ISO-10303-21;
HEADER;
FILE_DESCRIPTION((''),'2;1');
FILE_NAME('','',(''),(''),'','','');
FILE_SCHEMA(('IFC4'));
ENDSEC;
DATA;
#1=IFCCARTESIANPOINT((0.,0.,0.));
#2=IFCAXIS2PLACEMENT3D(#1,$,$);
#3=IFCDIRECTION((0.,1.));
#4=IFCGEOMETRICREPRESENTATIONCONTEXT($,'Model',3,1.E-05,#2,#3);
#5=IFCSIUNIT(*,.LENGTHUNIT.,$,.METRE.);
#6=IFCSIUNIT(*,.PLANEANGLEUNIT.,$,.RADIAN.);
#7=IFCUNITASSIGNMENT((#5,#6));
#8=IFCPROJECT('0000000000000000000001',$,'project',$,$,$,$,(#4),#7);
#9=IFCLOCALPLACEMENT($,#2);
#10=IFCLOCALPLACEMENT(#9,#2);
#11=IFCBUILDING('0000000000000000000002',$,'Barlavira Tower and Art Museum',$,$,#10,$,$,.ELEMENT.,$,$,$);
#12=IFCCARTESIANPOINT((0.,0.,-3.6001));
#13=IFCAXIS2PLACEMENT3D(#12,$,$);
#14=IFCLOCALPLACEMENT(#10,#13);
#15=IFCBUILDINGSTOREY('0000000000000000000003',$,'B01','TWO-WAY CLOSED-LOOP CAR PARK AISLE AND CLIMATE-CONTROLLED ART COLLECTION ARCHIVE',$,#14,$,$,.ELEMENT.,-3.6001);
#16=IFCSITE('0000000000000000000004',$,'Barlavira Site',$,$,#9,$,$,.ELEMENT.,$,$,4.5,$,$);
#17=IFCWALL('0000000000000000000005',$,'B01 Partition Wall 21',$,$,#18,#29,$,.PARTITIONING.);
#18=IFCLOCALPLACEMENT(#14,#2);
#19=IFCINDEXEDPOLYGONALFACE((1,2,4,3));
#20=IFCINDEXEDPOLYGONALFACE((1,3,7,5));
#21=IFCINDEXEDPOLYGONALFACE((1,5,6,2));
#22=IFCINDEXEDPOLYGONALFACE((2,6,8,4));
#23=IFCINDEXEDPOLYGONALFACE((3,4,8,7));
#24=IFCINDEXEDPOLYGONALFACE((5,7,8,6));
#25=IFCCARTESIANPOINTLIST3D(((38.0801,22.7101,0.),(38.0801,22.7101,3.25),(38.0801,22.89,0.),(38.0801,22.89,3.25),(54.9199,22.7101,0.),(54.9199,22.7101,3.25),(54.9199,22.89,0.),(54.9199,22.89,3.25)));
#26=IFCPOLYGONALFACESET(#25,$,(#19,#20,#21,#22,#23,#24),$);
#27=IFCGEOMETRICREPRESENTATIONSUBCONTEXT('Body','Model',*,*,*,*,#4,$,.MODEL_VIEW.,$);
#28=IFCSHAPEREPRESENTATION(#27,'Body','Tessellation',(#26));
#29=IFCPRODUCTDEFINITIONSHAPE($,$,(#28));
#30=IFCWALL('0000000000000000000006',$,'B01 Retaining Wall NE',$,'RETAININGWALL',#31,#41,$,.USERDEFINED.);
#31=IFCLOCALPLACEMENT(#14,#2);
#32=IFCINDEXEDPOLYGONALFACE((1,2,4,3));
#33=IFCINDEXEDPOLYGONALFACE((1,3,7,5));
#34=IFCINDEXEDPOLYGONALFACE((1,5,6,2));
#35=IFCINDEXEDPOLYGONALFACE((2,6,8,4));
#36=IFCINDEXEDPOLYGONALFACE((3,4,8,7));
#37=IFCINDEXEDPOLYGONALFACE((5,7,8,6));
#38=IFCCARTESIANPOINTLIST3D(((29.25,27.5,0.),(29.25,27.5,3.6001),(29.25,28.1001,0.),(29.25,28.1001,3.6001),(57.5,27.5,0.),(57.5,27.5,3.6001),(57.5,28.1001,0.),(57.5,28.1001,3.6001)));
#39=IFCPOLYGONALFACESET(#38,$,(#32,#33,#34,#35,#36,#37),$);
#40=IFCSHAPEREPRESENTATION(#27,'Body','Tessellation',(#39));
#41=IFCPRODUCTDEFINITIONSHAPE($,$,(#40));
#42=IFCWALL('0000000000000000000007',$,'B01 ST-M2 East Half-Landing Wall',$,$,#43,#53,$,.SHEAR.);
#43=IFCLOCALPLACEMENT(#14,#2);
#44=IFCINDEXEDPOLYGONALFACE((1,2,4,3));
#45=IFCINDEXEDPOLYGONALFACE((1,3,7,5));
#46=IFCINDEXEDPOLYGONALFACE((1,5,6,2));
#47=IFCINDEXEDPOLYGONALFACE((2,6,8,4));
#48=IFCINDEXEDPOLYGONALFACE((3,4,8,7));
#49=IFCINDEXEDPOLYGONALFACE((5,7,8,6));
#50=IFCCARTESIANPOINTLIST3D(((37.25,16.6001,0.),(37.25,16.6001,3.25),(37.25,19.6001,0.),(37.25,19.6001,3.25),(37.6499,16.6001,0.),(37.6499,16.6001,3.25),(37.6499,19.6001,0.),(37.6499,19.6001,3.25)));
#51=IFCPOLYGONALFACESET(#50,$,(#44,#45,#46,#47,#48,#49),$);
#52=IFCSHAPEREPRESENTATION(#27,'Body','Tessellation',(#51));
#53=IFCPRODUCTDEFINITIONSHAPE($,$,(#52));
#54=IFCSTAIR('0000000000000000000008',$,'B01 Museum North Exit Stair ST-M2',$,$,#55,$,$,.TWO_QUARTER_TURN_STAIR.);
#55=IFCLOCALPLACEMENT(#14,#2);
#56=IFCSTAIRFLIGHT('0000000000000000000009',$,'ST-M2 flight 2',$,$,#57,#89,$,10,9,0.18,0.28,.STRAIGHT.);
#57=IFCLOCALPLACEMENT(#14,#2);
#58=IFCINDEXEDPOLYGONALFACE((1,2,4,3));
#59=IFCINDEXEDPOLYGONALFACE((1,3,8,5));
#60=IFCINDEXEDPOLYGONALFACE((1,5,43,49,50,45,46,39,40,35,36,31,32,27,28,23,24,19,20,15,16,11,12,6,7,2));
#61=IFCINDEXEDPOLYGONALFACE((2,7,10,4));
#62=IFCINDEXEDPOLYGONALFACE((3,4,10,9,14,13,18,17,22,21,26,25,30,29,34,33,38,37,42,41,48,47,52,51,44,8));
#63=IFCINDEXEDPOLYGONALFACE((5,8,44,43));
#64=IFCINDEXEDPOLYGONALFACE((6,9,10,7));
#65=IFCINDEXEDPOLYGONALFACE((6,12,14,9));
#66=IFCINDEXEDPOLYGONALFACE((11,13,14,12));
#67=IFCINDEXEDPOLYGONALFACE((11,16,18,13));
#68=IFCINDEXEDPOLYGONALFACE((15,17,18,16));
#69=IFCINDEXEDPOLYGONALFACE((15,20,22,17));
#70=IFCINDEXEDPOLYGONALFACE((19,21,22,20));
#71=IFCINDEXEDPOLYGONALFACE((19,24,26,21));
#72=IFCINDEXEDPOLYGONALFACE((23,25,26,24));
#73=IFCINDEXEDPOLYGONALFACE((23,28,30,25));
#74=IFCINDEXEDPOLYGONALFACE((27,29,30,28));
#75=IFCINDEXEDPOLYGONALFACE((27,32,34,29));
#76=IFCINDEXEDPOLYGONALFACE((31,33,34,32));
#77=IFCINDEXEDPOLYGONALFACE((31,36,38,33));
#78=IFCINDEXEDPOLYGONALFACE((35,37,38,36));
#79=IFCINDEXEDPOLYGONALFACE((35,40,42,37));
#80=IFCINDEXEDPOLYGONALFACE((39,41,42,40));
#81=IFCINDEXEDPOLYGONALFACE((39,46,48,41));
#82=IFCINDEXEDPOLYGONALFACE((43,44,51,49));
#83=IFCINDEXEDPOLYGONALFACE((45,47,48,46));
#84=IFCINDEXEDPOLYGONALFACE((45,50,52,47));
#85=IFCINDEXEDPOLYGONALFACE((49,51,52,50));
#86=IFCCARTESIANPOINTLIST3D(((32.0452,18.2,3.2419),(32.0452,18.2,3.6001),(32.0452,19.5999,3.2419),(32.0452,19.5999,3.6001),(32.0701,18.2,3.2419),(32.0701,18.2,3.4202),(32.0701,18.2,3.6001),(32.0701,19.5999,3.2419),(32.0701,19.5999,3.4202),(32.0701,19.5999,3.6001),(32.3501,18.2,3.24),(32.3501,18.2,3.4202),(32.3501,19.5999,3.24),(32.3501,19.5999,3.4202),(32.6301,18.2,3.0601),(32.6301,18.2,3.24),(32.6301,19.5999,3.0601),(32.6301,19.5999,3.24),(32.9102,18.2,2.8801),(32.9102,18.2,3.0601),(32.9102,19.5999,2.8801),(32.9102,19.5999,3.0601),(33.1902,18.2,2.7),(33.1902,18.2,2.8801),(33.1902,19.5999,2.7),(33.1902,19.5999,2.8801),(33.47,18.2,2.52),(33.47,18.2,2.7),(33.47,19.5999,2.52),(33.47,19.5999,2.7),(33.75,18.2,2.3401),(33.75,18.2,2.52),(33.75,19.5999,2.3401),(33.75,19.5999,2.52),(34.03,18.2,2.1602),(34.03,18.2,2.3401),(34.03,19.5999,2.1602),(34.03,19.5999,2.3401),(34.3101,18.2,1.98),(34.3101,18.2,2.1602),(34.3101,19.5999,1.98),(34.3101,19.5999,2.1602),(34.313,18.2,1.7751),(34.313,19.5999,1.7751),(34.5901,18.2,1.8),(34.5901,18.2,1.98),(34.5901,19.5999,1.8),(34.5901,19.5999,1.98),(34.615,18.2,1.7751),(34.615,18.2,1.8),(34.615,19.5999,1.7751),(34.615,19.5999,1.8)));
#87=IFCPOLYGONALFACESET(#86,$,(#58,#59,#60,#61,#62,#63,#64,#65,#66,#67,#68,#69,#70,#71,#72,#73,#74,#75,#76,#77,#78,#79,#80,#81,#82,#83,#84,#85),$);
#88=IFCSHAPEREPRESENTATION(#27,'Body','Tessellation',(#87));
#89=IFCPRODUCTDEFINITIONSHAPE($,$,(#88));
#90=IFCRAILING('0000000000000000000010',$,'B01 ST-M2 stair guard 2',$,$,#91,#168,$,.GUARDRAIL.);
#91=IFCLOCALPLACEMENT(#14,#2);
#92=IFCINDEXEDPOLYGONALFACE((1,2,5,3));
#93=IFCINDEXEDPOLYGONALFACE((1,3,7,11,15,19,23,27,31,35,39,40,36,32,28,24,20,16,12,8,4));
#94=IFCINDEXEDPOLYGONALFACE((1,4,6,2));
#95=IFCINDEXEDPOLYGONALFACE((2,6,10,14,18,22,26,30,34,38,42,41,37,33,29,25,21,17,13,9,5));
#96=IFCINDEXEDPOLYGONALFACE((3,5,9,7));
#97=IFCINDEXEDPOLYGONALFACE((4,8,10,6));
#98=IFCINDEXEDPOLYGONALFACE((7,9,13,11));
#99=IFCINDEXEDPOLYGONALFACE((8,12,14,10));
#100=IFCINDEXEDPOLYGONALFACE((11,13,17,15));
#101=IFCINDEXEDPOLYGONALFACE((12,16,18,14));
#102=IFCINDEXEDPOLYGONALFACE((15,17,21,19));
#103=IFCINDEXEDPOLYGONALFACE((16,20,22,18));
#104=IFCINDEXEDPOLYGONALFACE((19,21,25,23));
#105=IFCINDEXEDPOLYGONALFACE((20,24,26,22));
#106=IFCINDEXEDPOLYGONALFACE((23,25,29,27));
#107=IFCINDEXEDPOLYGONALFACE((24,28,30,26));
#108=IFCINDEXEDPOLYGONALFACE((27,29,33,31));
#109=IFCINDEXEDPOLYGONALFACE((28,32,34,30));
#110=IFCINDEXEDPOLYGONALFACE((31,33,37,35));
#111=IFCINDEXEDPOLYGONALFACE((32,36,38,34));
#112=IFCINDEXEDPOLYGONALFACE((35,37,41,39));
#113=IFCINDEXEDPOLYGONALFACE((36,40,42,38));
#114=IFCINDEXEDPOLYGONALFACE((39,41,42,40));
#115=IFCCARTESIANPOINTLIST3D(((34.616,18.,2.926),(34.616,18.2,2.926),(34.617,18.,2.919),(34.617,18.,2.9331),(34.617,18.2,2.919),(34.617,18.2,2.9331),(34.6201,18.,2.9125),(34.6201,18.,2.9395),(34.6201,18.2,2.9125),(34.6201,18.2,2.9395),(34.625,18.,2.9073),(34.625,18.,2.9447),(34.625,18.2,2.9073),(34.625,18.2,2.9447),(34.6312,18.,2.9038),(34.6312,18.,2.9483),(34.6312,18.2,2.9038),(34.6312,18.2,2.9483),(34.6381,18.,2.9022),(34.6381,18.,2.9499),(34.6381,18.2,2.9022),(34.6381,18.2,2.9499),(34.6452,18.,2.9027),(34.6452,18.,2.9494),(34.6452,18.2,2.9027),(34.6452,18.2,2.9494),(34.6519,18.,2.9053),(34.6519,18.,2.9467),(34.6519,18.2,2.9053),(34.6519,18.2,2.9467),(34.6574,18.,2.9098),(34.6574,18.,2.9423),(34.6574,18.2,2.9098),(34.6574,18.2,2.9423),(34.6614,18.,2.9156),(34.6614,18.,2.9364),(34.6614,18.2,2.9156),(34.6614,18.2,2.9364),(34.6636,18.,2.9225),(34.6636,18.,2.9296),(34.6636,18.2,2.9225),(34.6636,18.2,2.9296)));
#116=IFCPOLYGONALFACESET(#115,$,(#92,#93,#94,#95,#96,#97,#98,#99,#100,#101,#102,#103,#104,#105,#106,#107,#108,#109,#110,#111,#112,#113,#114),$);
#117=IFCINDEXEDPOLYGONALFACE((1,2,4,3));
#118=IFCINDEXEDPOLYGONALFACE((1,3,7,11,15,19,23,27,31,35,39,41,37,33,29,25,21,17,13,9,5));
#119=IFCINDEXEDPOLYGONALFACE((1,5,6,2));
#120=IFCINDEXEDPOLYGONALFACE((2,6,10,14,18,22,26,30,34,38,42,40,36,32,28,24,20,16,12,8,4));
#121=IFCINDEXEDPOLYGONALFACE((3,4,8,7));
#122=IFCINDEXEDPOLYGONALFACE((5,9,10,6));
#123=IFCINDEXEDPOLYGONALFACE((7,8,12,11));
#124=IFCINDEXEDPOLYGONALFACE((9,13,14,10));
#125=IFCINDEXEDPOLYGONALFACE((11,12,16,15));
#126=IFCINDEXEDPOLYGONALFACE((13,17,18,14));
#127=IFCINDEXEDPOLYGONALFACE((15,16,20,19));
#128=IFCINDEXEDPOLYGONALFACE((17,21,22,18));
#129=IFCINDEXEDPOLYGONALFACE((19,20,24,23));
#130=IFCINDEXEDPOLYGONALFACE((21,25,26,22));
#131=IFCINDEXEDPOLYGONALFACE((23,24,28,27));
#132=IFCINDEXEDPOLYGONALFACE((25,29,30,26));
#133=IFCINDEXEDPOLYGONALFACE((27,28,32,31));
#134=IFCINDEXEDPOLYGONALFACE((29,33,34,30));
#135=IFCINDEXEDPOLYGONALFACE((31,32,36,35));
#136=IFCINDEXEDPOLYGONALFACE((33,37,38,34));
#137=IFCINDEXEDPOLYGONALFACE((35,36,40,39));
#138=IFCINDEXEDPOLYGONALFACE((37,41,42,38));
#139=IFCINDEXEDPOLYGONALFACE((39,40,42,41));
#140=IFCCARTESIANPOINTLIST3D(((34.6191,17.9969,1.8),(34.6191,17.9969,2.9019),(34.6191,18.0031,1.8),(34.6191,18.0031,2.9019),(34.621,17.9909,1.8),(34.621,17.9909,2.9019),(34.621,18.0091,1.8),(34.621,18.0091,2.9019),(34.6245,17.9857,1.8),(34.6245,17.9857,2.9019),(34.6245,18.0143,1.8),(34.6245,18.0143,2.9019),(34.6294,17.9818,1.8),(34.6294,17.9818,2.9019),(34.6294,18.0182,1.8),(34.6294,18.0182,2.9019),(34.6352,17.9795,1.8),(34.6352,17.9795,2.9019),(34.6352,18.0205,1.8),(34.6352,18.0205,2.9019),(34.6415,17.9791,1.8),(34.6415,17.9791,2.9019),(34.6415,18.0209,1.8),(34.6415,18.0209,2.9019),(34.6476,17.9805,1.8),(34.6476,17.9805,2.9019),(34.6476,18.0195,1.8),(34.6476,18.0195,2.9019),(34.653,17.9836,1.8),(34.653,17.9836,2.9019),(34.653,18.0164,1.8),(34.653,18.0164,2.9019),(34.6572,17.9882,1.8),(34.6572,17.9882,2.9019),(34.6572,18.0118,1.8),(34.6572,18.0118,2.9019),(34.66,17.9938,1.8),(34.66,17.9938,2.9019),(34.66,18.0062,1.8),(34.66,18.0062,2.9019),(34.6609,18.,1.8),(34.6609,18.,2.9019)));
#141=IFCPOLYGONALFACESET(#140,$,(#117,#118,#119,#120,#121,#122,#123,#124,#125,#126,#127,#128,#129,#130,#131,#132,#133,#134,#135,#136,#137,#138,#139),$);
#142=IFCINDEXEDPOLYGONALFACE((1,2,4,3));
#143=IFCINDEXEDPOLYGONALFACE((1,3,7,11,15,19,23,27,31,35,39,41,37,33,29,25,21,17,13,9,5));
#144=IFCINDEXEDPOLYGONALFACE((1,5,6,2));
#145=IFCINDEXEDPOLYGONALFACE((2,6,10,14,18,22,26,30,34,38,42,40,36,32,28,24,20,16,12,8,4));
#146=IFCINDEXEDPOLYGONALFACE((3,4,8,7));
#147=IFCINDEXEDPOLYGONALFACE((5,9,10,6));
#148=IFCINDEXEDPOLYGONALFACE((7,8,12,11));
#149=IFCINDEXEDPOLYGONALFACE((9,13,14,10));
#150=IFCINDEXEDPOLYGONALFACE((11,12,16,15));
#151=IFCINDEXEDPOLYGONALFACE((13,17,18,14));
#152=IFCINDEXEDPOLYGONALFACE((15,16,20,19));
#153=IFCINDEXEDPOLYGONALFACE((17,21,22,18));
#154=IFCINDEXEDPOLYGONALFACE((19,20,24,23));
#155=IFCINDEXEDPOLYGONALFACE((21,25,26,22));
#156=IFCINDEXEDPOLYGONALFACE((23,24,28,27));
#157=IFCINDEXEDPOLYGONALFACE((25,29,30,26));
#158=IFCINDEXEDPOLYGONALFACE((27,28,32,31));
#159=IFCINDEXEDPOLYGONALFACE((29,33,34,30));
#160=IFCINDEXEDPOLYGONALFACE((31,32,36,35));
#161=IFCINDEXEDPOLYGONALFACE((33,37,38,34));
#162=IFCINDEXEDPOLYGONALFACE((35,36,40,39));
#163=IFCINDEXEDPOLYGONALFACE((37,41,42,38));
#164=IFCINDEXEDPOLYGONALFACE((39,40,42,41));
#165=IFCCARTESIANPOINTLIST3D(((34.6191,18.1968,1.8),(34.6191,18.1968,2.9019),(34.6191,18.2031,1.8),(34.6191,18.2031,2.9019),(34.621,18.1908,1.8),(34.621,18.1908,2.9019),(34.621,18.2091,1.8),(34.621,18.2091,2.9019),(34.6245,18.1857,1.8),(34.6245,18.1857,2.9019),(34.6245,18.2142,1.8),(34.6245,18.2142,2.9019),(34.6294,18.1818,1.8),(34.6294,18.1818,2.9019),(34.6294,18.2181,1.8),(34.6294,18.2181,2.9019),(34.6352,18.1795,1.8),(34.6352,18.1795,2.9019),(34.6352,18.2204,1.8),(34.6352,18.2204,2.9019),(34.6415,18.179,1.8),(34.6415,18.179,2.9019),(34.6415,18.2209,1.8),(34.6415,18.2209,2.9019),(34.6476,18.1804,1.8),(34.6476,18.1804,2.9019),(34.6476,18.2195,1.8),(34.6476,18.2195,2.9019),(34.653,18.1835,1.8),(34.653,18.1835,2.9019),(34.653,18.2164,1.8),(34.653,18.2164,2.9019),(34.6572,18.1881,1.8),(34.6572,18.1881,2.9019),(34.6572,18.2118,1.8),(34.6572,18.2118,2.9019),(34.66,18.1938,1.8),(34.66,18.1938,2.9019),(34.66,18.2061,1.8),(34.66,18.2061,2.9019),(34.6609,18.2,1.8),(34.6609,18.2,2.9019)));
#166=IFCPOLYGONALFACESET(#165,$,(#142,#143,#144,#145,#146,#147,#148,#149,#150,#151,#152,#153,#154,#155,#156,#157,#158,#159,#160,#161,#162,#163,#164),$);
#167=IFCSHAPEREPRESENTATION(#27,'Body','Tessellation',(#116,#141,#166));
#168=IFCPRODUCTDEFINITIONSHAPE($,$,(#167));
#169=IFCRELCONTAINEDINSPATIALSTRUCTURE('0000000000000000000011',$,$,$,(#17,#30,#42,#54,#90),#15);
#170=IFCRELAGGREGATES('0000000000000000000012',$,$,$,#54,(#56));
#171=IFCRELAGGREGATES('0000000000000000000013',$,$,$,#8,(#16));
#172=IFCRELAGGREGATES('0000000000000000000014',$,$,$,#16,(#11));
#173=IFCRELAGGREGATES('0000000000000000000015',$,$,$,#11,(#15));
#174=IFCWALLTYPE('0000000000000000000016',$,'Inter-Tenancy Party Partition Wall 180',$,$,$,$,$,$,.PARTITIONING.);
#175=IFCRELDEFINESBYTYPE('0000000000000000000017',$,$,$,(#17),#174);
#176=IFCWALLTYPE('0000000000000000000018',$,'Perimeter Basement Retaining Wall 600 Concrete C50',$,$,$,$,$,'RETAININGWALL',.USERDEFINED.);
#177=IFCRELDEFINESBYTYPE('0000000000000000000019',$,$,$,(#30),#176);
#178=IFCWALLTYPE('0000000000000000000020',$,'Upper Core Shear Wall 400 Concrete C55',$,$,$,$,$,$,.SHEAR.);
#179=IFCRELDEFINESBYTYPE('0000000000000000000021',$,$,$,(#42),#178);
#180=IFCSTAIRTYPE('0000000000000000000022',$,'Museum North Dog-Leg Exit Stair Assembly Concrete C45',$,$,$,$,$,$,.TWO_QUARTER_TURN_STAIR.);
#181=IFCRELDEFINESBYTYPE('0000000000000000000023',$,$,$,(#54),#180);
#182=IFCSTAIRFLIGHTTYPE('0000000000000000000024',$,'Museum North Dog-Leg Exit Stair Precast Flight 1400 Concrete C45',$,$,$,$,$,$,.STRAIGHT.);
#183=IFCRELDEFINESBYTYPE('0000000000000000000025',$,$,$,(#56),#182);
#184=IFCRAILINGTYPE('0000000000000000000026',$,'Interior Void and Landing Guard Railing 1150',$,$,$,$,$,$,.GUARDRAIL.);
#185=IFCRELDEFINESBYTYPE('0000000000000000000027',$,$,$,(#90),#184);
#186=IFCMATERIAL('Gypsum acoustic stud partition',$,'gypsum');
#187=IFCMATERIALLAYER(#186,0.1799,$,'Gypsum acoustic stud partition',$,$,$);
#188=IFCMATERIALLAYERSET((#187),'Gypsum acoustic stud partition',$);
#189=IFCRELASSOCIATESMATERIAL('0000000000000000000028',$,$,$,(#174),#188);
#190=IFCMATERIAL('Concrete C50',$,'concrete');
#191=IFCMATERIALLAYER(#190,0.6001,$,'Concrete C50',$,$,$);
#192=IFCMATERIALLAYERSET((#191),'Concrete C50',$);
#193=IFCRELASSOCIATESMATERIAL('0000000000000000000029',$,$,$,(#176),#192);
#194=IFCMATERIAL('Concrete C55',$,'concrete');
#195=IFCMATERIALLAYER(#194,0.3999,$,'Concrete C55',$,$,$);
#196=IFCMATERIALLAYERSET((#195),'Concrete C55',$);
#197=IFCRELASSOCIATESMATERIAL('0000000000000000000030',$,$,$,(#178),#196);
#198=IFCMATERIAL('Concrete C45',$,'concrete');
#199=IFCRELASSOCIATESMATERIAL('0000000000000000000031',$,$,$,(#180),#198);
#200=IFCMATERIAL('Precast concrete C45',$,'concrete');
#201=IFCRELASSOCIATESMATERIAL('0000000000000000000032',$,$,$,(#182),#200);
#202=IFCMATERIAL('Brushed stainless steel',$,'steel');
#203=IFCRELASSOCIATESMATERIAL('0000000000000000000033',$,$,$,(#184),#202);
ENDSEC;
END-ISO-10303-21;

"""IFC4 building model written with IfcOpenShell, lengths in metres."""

from ifc_helpers import new_model, si_unit, direction, frame, frame_2d, origin, origin_2d, place, context, subcontext, project, spatial, polyline, rectangle, circle, outline, extrude, material, layer, layer_set, type_object, element, aggregate, save


model = new_model("IFC4")

# Units and contexts
model_context = context("Model", 3, precision=1e-05, world=origin(), true_north=direction((0.0, 1.0)))
body_context = subcontext(model_context, "Body", "Model", "MODEL_VIEW")
ifc_project = project(units=[si_unit("LENGTHUNIT", "METRE"), si_unit("PLANEANGLEUNIT", "RADIAN")], contexts=[model_context])

# Site, building, storey
site_placement = place(None, origin())
site = spatial("IfcSite", under=ifc_project, at=site_placement, Name="Barlavira Site", CompositionType="ELEMENT", RefElevation=4.5)
building_placement = place(site_placement, origin())
building = spatial("IfcBuilding", under=site, at=building_placement, Name="Barlavira Tower and Art Museum", CompositionType="ELEMENT")
storey_placement = place(building_placement, frame((0.0, 0.0, -3.6001)))
storey = spatial("IfcBuildingStorey", under=building, at=storey_placement, Name="B01", Description="TWO-WAY CLOSED-LOOP CAR PARK AISLE AND CLIMATE-CONTROLLED ART COLLECTION ARCHIVE", CompositionType="ELEMENT", Elevation=-3.6001)

# Shared definitions
ifc_material_1 = material(Name="Concrete C50", Category="concrete")

# Shared definitions
ifc_material_2 = material(Name="Gypsum acoustic stud partition", Category="gypsum")
ifc_layer_1 = layer(ifc_material_2, 0.1799, Name="Gypsum acoustic stud partition")
ifc_layer_set_1 = layer_set([ifc_layer_1], Name="Gypsum acoustic stud partition")
wall_type_1 = type_object("IfcWallType", Name="Inter-Tenancy Party Partition Wall 180", PredefinedType="PARTITIONING", material=ifc_layer_set_1)
ifc_material_3 = material(Name="Brushed stainless steel", Category="steel")

# Walls
wall_1_placement = place(storey_placement, frame((38.0801, 22.8, 0.0), z_axis=(0.0, 0.0, 1.0), x_axis=(1.0, 0.0, 0.0)))
element("IfcWall", 1, at=wall_1_placement, inside=storey, type_object=wall_type_1, Name="B01 Partition Wall 21", PredefinedType="PARTITIONING", context=body_context, shape_type="SweptSolid", body=[
    extrude(rectangle(XDim=16.8398, YDim=0.1799, at=frame_2d((8.4199, 0.0))), origin(), (0.0, 0.0, 1.0), 3.25),
])
ifc_layer_2 = layer(ifc_material_1, 0.6001, Name="Concrete C50")
ifc_layer_set_2 = layer_set([ifc_layer_2], Name="Concrete C50")
wall_type_2 = type_object("IfcWallType", Name="Perimeter Basement Retaining Wall 600 Concrete C50", ElementType="RETAININGWALL", PredefinedType="USERDEFINED", material=ifc_layer_set_2)
wall_2_placement = place(storey_placement, frame((57.5, 27.8, 0.0), z_axis=(0.0, 0.0, 1.0), x_axis=(-1.0, 0.0, 0.0)))
element("IfcWall", 2, at=wall_2_placement, inside=storey, type_object=wall_type_2, Name="B01 Retaining Wall NE", ObjectType="RETAININGWALL", PredefinedType="USERDEFINED", context=body_context, shape_type="SweptSolid", body=[
    extrude(rectangle(XDim=28.25, YDim=0.6001, at=frame_2d((14.125, 0.0))), origin(), (0.0, 0.0, 1.0), 3.6001),
])
ifc_material_4 = material(Name="Concrete C55", Category="concrete")
ifc_layer_3 = layer(ifc_material_4, 0.3999, Name="Concrete C55")
ifc_layer_set_3 = layer_set([ifc_layer_3], Name="Concrete C55")
wall_type_3 = type_object("IfcWallType", Name="Upper Core Shear Wall 400 Concrete C55", PredefinedType="SHEAR", material=ifc_layer_set_3)
wall_3_placement = place(storey_placement, frame((37.45, 16.6001, 0.0), z_axis=(0.0, 0.0, 1.0), x_axis=(0.0, 1.0, 0.0)))
element("IfcWall", 3, at=wall_3_placement, inside=storey, type_object=wall_type_3, Name="B01 ST-M2 East Half-Landing Wall", PredefinedType="SHEAR", context=body_context, shape_type="SweptSolid", body=[
    extrude(rectangle(XDim=3.0, YDim=0.3999, at=frame_2d((1.5, 0.0))), origin(), (0.0, 0.0, 1.0), 3.25),
])

# Stair, stair flight
ifc_material_5 = material(Name="Concrete C45", Category="concrete")
stair_type = type_object("IfcStairType", Name="Museum North Dog-Leg Exit Stair Assembly Concrete C45", PredefinedType="TWO_QUARTER_TURN_STAIR", material=ifc_material_5)
stair_placement = place(storey_placement, origin())
stair = element("IfcStair", 4, at=stair_placement, inside=storey, type_object=stair_type, Name="B01 Museum North Exit Stair ST-M2", PredefinedType="TWO_QUARTER_TURN_STAIR")
ifc_material_6 = material(Name="Precast concrete C45", Category="concrete")
stair_flight_type = type_object("IfcStairFlightType", Name="Museum North Dog-Leg Exit Stair Precast Flight 1400 Concrete C45", PredefinedType="STRAIGHT", material=ifc_material_6)
stair_flight_placement = place(storey_placement, frame((34.5901, 18.8999, 1.8), z_axis=(0.0, 0.0, 1.0), x_axis=(-1.0, 0.0, 0.0)))
stair_flight = element("IfcStairFlight", 5, at=stair_flight_placement, type_object=stair_flight_type, Name="ST-M2 flight 2", NumberOfRisers=10, NumberOfTreads=9, PredefinedType="STRAIGHT", RiserHeight=0.18, TreadLength=0.28, context=body_context, shape_type="SweptSolid", body=[
    extrude(outline(polyline([(-0.0249, 0.0), (0.0, 0.0), (0.0, 0.1799), (0.28, 0.1799), (0.28, 0.3601), (0.5601, 0.3601), (0.5601, 0.54), (0.8401, 0.54), (0.8401, 0.72), (1.1201, 0.72), (1.1201, 0.8999), (1.3999, 0.8999), (1.3999, 1.0801), (1.6799, 1.0801), (1.6799, 1.26), (1.96, 1.26), (1.96, 1.4399), (2.24, 1.4399), (2.24, 1.6201), (2.52, 1.6201), (2.52, 1.8), (2.5449, 1.8), (2.5449, 1.4419), (2.52, 1.4419), (0.2771, -0.0249), (-0.0249, -0.0249), (-0.0249, 0.0)])), frame((0.0, 0.7, 0.0), z_axis=(0.0, -1.0, 0.0), x_axis=(1.0, 0.0, 0.0)), (0.0, 0.0, 1.0), 1.3999),
])
aggregate(stair, [stair_flight])

# Railing
railing_type_1 = type_object("IfcRailingType", Name="Interior Void and Landing Guard Railing 1150", PredefinedType="GUARDRAIL", material=ifc_material_3)
railing_1_placement = place(storey_placement, frame((34.6399, 18.0, 1.8)))
element("IfcRailing", 6, at=railing_1_placement, inside=storey, type_object=railing_type_1, Name="B01 ST-M2 stair guard 2", PredefinedType="GUARDRAIL", context=body_context, shape_type="SweptSolid", body=[
    extrude(circle(Radius=0.0239, at=origin_2d()), frame((0.0, 0.0, 1.126), z_axis=(0.0, 1.0, 0.0), x_axis=(-1.0, 0.0, 0.0)), (0.0, 0.0, 1.0), 0.2),
    extrude(circle(Radius=0.021, at=origin_2d()), origin(), (0.0, 0.0, 1.0), 1.1018),
    extrude(circle(Radius=0.021, at=origin_2d()), frame((0.0, 0.2, 0.0)), (0.0, 0.0, 1.0), 1.1018),
])

save(model, "model.ifc")
